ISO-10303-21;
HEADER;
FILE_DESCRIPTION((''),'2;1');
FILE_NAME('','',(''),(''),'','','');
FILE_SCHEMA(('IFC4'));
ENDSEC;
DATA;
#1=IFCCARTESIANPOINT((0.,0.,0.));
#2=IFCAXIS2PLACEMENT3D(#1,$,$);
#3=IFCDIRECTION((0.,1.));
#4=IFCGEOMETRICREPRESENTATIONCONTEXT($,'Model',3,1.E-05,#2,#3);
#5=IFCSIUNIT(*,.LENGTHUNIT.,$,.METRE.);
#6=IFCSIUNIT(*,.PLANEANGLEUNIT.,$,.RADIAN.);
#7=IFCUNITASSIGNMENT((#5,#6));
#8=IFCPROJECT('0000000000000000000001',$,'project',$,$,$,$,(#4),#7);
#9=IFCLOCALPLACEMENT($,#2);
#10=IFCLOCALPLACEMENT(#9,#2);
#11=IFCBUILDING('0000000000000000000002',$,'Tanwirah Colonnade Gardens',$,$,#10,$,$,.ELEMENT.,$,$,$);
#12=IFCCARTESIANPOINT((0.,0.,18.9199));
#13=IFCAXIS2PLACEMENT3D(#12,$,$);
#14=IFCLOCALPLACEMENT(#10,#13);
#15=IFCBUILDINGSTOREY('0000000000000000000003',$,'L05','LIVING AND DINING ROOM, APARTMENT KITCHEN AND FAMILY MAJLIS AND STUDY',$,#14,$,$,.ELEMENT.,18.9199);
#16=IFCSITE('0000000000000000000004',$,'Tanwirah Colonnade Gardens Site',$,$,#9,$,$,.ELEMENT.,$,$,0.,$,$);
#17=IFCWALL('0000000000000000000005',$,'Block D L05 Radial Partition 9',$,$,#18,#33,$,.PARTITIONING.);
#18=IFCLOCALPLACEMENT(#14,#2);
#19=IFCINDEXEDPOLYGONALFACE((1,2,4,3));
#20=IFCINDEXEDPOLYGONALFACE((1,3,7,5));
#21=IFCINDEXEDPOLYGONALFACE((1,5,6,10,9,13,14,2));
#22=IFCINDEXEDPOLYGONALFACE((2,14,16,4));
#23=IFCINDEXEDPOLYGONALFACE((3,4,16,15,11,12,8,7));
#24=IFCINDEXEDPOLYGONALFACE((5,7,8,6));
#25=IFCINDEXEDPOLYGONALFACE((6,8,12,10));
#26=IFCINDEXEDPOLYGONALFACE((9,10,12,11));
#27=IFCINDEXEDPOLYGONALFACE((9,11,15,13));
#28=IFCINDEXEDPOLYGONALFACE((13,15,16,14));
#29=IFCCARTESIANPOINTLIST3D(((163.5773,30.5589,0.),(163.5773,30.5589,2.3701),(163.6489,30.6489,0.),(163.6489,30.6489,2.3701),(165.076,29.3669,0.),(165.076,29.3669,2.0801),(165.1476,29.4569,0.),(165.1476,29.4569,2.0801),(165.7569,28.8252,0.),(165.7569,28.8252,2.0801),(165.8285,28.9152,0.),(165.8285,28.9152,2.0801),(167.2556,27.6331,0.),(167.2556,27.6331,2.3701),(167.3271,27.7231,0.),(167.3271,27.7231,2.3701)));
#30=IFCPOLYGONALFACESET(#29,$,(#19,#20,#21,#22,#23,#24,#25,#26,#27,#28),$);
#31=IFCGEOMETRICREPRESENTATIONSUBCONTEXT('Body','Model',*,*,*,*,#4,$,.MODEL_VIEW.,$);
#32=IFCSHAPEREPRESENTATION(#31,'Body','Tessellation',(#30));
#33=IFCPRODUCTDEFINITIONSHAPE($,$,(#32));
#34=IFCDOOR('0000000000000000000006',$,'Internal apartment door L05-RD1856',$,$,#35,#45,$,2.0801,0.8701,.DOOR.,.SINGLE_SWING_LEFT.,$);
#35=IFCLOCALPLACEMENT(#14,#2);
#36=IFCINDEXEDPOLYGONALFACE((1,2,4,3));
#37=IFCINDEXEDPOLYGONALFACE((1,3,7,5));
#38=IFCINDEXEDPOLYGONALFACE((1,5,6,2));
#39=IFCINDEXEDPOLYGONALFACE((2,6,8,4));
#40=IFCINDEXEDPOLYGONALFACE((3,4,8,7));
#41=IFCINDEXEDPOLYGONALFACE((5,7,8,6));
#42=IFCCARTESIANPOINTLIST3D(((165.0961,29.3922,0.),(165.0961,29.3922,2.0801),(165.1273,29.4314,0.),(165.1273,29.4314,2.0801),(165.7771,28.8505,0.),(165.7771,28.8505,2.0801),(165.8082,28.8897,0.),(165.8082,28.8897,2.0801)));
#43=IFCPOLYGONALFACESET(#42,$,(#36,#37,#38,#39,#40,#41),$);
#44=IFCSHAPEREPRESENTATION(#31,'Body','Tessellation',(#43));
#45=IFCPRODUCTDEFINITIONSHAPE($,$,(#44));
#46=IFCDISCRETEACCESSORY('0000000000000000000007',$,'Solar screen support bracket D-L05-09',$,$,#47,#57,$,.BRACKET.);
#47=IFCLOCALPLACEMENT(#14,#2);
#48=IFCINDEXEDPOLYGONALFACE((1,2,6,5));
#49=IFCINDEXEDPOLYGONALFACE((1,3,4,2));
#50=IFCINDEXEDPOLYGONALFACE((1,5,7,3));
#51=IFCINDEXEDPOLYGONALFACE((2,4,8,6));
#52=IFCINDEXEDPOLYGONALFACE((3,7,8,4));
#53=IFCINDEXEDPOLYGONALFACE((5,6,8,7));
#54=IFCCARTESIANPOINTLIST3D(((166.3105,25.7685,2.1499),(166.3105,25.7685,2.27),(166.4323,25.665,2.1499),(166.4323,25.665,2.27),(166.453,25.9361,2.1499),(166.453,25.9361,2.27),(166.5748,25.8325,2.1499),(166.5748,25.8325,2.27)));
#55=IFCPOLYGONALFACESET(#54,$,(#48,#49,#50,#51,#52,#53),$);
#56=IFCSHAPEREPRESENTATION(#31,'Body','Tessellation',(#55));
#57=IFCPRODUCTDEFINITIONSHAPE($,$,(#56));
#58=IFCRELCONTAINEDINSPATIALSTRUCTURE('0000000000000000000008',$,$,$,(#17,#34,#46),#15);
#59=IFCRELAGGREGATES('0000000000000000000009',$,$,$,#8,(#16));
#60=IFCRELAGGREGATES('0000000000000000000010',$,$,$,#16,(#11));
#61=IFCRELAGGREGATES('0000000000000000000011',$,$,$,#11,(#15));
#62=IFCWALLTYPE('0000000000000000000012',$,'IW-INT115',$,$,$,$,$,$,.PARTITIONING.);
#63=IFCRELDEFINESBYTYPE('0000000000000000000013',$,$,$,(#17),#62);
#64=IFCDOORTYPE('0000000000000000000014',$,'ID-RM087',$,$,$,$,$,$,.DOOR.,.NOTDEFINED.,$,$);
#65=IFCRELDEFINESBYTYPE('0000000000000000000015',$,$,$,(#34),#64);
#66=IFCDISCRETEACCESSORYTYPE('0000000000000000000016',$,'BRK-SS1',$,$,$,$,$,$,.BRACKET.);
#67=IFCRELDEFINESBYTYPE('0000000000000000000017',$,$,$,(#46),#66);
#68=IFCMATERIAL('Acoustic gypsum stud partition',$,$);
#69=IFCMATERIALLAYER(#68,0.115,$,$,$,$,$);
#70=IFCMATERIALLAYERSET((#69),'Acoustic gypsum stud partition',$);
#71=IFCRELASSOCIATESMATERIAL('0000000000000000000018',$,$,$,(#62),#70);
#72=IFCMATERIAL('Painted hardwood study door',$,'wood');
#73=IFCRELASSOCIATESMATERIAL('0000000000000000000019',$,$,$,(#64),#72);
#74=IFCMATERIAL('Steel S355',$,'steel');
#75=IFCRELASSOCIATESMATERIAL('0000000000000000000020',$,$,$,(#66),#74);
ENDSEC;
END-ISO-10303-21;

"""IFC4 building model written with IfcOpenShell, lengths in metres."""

from ifc_helpers import new_model, si_unit, direction, frame, frame_2d, origin, origin_2d, place, context, subcontext, project, spatial, rectangle, extrude, material, layer, layer_set, type_object, element, fill, save


model = new_model("IFC4")

# Units and contexts
model_context = context("Model", 3, precision=1e-05, world=origin(), true_north=direction((0.0, 1.0)))
body_context = subcontext(model_context, "Body", "Model", "MODEL_VIEW")
ifc_project = project(units=[si_unit("LENGTHUNIT", "METRE"), si_unit("PLANEANGLEUNIT", "RADIAN")], contexts=[model_context])

# Site, building, storey
site_placement = place(None, origin())
site = spatial("IfcSite", under=ifc_project, at=site_placement, Name="Tanwirah Colonnade Gardens Site", CompositionType="ELEMENT", RefElevation=0.0)
building_placement = place(site_placement, origin())
building = spatial("IfcBuilding", under=site, at=building_placement, Name="Tanwirah Colonnade Gardens", CompositionType="ELEMENT")
storey_placement = place(building_placement, frame((0.0, 0.0, 18.9199)))
storey = spatial("IfcBuildingStorey", under=building, at=storey_placement, Name="L05", Description="LIVING AND DINING ROOM, APARTMENT KITCHEN AND FAMILY MAJLIS AND STUDY", CompositionType="ELEMENT", Elevation=18.9199)

# Wall, opening, door
ifc_material_1 = material(Name="Acoustic gypsum stud partition")
ifc_layer_1 = layer(ifc_material_1, 0.115)
ifc_layer_set_1 = layer_set([ifc_layer_1], Name="Acoustic gypsum stud partition")
wall_type_1 = type_object("IfcWallType", Name="IW-INT115", PredefinedType="PARTITIONING", material=ifc_layer_set_1)
wall_1_placement = place(storey_placement, frame((163.613, 30.604, 0.0), z_axis=(0.0, 0.0, 1.0), x_axis=(0.782609, -0.622513, 0.0)))
wall_1 = element("IfcWall", 1, at=wall_1_placement, inside=storey, type_object=wall_type_1, Name="Block D L05 Radial Partition 9", PredefinedType="PARTITIONING", context=body_context, shape_type="SweptSolid", body=[
    extrude(rectangle(XDim=4.7, YDim=0.115, at=frame_2d((2.3501, 0.0))), origin(), (0.0, 0.0, 1.0), 2.3701),
])
opening_1_placement = place(wall_1_placement, frame((1.915, 0.0, 0.0)))
opening_1 = element("IfcOpeningElement", 2, at=opening_1_placement, cuts=wall_1, PredefinedType="OPENING", context=body_context, shape_type="SweptSolid", body=[
    extrude(rectangle(XDim=0.8701, YDim=2.0801, at=frame_2d((0.4351, 1.04))), frame((0.0, 0.0674, 0.0), z_axis=(0.0, -1.0, 0.0), x_axis=(1.0, 0.0, 0.0)), (0.0, 0.0, 1.0), 0.135),
])
ifc_material_2 = material(Name="Painted hardwood study door", Category="wood")
door_type_1 = type_object("IfcDoorType", Name="ID-RM087", OperationType="NOTDEFINED", PredefinedType="DOOR", material=ifc_material_2)
door_1_placement = place(opening_1_placement, origin())
door_1 = element("IfcDoor", 3, at=door_1_placement, inside=storey, type_object=door_type_1, Name="Internal apartment door L05-RD1856", OperationType="SINGLE_SWING_LEFT", OverallHeight=2.0801, OverallWidth=0.8701, PredefinedType="DOOR", context=body_context, shape_type="SweptSolid", body=[
    extrude(rectangle(XDim=0.8701, YDim=2.0801, at=frame_2d((0.4351, 1.04))), frame((0.0, 0.0249, 0.0), z_axis=(0.0, -1.0, 0.0), x_axis=(1.0, 0.0, 0.0)), (0.0, 0.0, 1.0), 0.05),
])
fill(opening_1, door_1)

# Discrete accessory
ifc_material_3 = material(Name="Steel S355", Category="steel")
discrete_accessory_type = type_object("IfcDiscreteAccessoryType", Name="BRK-SS1", PredefinedType="BRACKET", material=ifc_material_3)
discrete_accessory_placement = place(storey_placement, frame((166.4426, 25.8005, 2.1499), z_axis=(0.0, 0.0, 1.0), x_axis=(0.647787, 0.761821, 0.0)))
element("IfcDiscreteAccessory", 4, at=discrete_accessory_placement, inside=storey, type_object=discrete_accessory_type, Name="Solar screen support bracket D-L05-09", PredefinedType="BRACKET", context=body_context, shape_type="SweptSolid", body=[
    extrude(rectangle(XDim=0.22, YDim=0.1599, at=origin_2d()), origin(), (0.0, 0.0, 1.0), 0.1201),
])

save(model, "model.ifc")
